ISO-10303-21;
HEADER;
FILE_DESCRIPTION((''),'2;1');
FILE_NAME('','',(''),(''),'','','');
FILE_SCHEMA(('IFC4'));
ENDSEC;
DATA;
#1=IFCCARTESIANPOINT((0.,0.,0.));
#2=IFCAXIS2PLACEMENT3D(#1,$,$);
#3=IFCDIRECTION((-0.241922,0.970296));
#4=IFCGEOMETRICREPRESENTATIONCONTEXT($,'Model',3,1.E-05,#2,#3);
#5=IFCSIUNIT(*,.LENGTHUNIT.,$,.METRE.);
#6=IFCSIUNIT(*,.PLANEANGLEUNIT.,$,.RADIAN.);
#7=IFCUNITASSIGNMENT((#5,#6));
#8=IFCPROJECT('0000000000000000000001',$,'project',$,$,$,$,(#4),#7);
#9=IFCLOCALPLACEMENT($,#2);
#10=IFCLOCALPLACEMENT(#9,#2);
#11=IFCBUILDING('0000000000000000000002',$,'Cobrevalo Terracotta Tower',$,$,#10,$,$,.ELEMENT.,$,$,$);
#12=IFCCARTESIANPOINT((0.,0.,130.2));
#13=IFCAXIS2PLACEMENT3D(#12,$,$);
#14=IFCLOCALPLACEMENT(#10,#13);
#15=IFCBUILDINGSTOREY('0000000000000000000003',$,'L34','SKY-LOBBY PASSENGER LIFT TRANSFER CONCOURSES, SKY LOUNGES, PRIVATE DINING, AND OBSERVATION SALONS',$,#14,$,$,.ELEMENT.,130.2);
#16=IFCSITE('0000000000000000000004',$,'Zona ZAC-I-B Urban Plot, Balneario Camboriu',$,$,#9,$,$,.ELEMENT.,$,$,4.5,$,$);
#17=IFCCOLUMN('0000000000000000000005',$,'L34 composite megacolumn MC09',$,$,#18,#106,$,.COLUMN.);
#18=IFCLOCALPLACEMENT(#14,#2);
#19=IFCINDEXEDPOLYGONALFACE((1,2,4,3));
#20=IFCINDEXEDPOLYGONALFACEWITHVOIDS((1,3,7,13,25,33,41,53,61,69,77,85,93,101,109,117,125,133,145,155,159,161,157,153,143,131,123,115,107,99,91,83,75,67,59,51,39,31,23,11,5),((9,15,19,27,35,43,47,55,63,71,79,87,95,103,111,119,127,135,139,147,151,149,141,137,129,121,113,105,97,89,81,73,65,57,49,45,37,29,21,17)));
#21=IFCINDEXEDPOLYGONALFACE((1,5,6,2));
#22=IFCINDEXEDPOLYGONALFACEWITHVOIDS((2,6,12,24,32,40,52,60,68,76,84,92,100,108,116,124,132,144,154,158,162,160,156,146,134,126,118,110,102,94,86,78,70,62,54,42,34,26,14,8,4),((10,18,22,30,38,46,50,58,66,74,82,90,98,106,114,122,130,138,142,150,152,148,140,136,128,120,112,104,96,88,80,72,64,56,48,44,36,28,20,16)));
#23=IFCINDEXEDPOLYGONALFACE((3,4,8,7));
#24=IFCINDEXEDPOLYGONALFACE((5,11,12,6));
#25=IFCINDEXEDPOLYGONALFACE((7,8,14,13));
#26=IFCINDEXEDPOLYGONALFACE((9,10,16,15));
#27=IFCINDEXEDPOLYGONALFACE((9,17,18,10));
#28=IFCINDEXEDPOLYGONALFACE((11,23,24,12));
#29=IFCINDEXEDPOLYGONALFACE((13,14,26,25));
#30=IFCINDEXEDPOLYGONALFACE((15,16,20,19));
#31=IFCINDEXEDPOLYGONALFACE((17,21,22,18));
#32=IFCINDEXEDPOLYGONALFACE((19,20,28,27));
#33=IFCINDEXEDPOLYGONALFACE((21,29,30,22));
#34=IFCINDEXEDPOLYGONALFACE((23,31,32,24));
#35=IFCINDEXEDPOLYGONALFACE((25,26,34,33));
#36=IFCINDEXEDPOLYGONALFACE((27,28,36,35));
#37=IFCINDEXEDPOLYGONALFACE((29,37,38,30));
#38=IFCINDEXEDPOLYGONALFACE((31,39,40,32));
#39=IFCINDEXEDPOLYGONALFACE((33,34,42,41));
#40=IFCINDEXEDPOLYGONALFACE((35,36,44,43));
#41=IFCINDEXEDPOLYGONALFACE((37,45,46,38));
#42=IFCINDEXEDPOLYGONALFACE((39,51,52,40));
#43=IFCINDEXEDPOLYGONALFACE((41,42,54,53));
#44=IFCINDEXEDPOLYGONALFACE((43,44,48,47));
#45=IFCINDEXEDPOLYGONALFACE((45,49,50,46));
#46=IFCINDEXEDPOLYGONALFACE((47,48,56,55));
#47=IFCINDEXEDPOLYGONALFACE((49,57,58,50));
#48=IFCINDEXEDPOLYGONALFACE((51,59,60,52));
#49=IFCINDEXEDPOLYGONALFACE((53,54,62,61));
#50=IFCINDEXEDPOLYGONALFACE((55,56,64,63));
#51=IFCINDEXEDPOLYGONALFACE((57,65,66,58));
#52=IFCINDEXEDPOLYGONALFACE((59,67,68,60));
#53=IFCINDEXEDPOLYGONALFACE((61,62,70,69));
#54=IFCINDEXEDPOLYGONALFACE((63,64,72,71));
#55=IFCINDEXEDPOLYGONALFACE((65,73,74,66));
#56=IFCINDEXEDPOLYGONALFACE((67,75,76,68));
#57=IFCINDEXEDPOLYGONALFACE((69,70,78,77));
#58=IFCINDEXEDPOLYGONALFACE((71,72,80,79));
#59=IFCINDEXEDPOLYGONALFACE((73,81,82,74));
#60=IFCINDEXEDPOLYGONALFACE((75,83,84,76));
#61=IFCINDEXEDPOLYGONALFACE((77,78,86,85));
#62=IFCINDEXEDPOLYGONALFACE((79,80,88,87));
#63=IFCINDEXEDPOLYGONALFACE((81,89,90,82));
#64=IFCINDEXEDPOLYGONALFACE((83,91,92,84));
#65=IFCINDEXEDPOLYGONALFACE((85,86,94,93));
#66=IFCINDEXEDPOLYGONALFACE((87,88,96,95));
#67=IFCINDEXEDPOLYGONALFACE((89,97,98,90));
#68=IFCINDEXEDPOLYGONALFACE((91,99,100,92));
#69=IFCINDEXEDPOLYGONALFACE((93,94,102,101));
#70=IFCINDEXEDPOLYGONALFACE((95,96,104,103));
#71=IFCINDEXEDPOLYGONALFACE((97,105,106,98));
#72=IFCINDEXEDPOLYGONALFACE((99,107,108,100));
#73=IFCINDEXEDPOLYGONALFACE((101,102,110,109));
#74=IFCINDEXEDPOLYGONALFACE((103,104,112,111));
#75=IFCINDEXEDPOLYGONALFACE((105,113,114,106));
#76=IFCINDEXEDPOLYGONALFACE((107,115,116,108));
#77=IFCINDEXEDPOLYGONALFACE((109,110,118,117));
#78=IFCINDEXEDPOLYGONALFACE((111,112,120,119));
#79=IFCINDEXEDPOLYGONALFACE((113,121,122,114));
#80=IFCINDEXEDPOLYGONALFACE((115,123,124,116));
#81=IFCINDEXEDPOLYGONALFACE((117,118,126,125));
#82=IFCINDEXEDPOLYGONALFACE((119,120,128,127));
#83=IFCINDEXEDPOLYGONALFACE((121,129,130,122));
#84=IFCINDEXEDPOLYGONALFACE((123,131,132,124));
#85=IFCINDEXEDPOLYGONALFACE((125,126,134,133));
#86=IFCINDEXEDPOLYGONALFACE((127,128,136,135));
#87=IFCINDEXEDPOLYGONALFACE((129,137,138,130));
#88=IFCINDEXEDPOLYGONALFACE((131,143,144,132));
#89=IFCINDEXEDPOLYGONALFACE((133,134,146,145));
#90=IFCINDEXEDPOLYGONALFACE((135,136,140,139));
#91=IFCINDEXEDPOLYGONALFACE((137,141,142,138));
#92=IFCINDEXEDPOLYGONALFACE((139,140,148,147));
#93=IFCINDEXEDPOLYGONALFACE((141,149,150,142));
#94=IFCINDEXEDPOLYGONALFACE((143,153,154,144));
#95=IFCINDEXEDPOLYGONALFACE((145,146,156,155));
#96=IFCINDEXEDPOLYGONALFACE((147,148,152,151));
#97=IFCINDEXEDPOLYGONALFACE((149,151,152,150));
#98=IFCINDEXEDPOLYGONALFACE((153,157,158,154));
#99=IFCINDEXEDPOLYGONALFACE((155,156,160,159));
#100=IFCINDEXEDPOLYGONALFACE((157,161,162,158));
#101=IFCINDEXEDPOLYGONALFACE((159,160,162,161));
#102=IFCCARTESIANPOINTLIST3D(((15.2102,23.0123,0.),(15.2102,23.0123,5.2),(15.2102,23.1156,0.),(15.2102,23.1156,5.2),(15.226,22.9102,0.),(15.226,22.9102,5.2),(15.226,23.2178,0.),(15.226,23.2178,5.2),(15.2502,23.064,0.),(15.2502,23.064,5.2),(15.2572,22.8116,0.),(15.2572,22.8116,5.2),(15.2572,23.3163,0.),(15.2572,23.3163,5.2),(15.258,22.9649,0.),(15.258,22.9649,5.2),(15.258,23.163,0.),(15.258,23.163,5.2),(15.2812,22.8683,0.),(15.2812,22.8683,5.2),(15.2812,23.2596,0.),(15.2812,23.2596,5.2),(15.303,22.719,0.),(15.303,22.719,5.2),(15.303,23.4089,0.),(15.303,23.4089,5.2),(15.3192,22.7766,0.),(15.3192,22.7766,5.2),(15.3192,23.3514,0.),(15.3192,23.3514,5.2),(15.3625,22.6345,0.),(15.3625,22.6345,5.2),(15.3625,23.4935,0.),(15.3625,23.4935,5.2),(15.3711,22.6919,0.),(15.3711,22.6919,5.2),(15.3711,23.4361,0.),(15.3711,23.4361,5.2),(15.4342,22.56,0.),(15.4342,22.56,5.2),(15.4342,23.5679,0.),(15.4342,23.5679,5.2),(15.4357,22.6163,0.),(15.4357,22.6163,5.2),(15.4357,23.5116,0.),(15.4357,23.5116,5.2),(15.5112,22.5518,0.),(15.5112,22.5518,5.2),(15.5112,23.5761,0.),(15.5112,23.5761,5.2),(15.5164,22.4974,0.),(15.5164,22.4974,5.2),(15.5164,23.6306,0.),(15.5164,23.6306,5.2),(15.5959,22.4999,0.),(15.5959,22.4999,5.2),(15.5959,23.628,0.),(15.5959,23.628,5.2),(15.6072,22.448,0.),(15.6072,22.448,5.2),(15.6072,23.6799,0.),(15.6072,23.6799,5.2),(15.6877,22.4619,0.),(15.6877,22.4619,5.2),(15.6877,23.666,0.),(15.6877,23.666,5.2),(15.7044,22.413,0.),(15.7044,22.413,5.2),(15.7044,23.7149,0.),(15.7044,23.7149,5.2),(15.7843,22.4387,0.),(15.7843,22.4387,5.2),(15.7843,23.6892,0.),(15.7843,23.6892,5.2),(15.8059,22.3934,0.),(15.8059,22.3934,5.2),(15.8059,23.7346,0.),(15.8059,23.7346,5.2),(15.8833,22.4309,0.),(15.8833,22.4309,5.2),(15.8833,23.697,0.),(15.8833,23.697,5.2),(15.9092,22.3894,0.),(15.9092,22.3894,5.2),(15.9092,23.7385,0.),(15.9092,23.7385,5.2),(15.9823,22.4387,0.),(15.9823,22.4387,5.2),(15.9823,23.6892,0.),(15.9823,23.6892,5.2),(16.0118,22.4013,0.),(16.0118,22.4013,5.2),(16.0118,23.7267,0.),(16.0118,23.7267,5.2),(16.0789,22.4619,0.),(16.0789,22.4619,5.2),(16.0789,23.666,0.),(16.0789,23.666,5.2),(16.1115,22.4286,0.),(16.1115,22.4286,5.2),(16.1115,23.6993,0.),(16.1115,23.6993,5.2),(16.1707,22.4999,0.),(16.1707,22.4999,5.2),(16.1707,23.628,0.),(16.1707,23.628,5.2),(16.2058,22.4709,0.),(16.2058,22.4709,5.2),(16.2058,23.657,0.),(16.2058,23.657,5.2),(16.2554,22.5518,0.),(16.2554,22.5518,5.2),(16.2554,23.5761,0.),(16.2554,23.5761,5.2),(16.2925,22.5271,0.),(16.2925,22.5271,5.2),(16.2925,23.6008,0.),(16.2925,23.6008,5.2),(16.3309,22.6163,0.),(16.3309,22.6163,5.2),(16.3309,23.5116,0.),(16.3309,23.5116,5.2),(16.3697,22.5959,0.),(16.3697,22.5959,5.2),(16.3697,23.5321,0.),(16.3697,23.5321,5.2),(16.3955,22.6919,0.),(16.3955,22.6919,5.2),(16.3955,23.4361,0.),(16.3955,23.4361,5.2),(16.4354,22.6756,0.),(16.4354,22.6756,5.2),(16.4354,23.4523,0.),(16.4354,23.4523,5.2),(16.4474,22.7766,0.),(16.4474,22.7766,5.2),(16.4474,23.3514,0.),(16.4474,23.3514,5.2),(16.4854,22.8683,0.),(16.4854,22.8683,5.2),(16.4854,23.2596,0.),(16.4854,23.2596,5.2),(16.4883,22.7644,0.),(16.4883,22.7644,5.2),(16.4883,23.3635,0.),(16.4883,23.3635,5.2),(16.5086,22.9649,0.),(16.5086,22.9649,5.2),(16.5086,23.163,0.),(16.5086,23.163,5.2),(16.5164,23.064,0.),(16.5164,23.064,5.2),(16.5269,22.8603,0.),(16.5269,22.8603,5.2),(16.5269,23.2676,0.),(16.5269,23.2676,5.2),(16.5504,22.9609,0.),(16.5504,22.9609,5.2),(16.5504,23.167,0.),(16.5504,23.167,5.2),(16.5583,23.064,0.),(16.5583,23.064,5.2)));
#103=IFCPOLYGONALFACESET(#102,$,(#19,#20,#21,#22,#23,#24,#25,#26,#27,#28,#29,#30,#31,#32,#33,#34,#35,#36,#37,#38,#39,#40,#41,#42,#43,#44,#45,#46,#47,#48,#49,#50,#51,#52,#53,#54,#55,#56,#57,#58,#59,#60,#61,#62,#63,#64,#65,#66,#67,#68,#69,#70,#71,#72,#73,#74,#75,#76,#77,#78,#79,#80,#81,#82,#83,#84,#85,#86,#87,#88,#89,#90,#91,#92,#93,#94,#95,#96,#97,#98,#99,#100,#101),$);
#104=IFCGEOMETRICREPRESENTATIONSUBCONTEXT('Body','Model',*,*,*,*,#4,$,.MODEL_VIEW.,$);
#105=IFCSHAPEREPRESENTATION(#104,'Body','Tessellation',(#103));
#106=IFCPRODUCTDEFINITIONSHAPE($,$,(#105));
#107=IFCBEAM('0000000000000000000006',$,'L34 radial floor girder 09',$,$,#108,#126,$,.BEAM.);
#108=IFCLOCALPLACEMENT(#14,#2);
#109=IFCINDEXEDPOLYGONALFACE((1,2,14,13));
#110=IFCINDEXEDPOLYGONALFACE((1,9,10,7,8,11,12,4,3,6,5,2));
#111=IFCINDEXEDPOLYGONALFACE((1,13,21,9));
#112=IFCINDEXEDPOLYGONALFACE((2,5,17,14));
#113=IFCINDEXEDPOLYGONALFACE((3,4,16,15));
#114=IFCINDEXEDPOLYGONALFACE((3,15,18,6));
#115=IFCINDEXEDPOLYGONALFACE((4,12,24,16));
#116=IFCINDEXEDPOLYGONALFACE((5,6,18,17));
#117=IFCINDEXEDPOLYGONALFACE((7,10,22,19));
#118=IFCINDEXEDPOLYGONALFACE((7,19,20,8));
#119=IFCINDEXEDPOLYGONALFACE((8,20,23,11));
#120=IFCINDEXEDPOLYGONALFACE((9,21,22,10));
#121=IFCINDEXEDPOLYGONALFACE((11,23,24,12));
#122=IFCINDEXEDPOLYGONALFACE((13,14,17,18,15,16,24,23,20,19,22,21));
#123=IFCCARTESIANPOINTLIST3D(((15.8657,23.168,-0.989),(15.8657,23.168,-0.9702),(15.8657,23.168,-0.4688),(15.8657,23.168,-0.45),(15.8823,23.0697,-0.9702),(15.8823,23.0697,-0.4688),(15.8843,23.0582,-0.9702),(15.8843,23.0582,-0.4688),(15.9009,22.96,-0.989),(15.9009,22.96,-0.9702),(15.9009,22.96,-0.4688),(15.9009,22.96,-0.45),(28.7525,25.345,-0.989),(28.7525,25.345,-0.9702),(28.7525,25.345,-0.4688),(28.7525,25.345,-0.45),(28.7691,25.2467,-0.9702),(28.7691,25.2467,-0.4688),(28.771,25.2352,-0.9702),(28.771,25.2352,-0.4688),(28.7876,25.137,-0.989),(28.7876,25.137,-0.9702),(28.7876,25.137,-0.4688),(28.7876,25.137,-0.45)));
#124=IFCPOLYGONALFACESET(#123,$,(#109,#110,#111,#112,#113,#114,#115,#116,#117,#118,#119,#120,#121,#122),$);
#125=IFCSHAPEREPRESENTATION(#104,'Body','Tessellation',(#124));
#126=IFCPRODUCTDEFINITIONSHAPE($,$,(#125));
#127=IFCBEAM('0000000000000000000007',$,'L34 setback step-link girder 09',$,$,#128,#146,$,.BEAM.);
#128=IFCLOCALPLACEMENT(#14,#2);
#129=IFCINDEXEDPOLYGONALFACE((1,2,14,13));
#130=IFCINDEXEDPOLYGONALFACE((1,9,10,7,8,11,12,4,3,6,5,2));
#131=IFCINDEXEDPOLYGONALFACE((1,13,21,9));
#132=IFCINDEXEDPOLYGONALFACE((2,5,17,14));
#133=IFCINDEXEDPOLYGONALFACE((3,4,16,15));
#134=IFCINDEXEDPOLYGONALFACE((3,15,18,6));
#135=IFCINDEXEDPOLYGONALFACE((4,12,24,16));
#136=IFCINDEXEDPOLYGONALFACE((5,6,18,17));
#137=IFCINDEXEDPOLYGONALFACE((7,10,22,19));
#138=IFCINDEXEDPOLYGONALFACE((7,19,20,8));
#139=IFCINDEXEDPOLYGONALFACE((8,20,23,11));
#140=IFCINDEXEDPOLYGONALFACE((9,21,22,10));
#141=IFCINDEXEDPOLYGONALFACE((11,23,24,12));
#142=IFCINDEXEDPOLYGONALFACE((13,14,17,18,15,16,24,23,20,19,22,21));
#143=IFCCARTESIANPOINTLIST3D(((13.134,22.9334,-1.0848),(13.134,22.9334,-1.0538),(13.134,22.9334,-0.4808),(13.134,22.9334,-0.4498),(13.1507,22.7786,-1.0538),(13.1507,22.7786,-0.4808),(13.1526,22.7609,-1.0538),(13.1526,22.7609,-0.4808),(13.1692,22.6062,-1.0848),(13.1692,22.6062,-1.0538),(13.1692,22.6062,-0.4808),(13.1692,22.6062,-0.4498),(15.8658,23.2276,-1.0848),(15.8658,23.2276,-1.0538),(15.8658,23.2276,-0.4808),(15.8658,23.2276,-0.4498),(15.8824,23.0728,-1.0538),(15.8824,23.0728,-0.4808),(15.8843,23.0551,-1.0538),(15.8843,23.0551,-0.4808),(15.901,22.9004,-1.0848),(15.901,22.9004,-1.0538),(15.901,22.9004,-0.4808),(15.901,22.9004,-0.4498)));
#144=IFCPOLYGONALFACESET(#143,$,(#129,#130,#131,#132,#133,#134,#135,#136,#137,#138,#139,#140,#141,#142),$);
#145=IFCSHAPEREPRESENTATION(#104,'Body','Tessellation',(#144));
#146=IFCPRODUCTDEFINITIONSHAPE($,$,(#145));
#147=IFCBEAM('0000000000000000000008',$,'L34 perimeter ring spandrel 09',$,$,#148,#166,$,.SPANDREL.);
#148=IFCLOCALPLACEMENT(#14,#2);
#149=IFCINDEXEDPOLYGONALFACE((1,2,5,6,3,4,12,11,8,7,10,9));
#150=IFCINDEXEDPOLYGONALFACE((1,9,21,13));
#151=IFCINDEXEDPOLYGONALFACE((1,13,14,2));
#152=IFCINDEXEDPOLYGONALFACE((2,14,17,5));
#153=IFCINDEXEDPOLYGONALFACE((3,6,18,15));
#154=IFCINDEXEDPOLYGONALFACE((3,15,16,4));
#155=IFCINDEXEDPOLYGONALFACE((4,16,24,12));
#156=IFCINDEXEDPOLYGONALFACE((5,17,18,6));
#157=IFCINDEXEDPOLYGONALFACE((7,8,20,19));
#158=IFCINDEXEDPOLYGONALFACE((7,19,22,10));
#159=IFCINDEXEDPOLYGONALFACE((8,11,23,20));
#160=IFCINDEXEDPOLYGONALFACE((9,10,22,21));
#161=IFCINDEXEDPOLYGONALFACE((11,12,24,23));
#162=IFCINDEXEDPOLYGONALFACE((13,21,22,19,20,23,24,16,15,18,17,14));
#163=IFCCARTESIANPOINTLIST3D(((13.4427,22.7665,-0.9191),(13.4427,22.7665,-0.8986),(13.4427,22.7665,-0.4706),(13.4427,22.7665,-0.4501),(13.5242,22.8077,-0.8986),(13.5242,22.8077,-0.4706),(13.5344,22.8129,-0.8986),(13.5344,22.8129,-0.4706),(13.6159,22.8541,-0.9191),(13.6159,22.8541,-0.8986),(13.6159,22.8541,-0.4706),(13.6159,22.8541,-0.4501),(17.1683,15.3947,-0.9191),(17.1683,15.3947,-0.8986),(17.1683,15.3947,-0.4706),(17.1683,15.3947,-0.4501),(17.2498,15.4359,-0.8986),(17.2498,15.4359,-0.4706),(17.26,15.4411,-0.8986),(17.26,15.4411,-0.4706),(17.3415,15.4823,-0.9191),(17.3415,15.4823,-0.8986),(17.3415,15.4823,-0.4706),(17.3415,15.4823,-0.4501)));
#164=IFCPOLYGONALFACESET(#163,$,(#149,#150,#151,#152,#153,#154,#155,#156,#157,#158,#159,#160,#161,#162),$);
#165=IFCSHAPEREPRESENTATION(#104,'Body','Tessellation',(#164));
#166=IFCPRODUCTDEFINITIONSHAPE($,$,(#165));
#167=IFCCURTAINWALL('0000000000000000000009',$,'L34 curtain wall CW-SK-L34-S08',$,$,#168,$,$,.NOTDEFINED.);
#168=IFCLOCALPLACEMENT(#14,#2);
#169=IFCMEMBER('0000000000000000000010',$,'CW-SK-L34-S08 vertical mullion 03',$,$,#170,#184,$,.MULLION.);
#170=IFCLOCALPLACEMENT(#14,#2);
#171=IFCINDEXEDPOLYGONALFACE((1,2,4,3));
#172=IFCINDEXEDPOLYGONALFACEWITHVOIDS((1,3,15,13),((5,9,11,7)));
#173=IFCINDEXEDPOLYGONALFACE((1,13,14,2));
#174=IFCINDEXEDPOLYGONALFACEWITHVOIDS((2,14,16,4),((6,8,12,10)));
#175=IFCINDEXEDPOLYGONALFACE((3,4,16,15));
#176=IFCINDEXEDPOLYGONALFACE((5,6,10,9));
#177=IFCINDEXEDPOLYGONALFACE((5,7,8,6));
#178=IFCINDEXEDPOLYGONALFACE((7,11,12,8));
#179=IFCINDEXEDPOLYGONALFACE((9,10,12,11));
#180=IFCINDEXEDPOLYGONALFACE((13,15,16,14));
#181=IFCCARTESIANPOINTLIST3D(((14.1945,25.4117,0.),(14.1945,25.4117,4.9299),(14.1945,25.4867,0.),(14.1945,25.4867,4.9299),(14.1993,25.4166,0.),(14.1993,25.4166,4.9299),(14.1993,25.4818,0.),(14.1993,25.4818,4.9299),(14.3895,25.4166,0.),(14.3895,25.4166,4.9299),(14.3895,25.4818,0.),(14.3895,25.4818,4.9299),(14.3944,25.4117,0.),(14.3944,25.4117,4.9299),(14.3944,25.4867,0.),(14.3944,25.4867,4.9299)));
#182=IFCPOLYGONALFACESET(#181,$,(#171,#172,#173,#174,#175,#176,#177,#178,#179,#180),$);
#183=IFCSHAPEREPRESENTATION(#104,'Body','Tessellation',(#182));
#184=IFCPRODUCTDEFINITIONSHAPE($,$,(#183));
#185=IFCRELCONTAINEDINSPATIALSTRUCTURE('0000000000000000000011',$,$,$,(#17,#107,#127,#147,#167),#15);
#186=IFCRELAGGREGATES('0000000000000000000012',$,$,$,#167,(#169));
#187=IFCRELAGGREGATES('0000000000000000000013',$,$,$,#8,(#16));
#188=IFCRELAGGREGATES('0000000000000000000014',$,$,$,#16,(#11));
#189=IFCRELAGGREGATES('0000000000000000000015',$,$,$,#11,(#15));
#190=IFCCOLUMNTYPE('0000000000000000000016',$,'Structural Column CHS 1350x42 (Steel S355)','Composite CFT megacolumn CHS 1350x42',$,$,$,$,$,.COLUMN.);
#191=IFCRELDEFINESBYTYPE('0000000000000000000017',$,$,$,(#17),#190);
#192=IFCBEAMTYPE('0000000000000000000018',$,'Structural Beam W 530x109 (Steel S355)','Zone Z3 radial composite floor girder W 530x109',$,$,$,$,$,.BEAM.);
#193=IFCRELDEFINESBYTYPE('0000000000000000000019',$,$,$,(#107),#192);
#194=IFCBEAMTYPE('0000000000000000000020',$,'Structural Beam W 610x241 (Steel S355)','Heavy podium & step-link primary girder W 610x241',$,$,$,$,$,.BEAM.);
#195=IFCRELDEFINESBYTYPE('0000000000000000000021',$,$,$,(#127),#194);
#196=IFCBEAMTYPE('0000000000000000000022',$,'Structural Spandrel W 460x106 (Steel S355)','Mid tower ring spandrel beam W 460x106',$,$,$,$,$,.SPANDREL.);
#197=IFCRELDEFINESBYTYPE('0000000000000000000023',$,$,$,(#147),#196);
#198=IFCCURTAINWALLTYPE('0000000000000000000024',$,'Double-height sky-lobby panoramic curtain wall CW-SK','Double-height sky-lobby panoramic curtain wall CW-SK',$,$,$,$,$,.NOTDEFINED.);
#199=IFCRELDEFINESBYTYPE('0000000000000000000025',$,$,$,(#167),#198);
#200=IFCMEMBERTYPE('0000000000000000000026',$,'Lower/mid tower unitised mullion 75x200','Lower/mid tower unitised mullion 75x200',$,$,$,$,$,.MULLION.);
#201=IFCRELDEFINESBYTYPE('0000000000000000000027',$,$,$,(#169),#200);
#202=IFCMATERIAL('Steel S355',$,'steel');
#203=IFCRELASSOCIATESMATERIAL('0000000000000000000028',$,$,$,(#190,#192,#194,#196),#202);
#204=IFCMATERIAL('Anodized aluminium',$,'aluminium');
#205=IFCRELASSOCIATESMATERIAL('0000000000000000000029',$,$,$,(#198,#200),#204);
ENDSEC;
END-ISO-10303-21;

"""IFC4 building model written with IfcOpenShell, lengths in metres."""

from ifc_helpers import new_model, si_unit, direction, frame, origin, origin_2d, place, context, subcontext, project, spatial, hollow_rectangle, hollow_circle, i_section, extrude, source, transform, mapped, material, material_profile, profile_set, type_object, element, aggregate, save


model = new_model("IFC4")

# Units and contexts
model_context = context("Model", 3, precision=1e-05, world=origin(), true_north=direction((-0.241922, 0.970296)))
body_context = subcontext(model_context, "Body", "Model", "MODEL_VIEW")
ifc_project = project(units=[si_unit("LENGTHUNIT", "METRE"), si_unit("PLANEANGLEUNIT", "RADIAN")], contexts=[model_context])

# Site, building, storey
site_placement = place(None, origin())
site = spatial("IfcSite", under=ifc_project, at=site_placement, Name="Zona ZAC-I-B Urban Plot, Balneario Camboriu", CompositionType="ELEMENT", RefElevation=4.5)
building_placement = place(site_placement, origin())
building = spatial("IfcBuilding", under=site, at=building_placement, Name="Cobrevalo Terracotta Tower", CompositionType="ELEMENT")
storey_placement = place(building_placement, frame((0.0, 0.0, 130.2)))
storey = spatial("IfcBuildingStorey", under=building, at=storey_placement, Name="L34", Description="SKY-LOBBY PASSENGER LIFT TRANSFER CONCOURSES, SKY LOUNGES, PRIVATE DINING, AND OBSERVATION SALONS", CompositionType="ELEMENT", Elevation=130.2)

# Column
ifc_material_1 = material(Name="Steel S355", Category="steel")
ifc_material_profile_1 = material_profile(ifc_material_1, hollow_circle(Radius=0.675, WallThickness=0.042, at=origin_2d()), Name="CHS 1350x42")
ifc_profile_set_1 = profile_set([ifc_material_profile_1], Name="Steel S355")
column_type = type_object("IfcColumnType", Name="Structural Column CHS 1350x42 (Steel S355)", Description="Composite CFT megacolumn CHS 1350x42", PredefinedType="COLUMN", material=ifc_profile_set_1)
column_placement = place(storey_placement, frame((15.8833, 23.064, 0.0), z_axis=(0.0, 0.0, 1.0), x_axis=(1.0, 0.0, 0.0)))
element("IfcColumn", 1, at=column_placement, inside=storey, type_object=column_type, Name="L34 composite megacolumn MC09", PredefinedType="COLUMN", context=body_context, shape_type="SweptSolid", body=[
    extrude(hollow_circle(Radius=0.675, WallThickness=0.042, at=origin_2d()), origin(), (0.0, 0.0, 1.0), 5.2),
])

# Beams
ifc_material_profile_2 = material_profile(ifc_material_1, i_section(OverallWidth=0.2109, OverallDepth=0.5391, WebThickness=0.0117, FlangeThickness=0.0188, at=origin_2d()), Name="W 530x109")
ifc_profile_set_2 = profile_set([ifc_material_profile_2], Name="Steel S355")
beam_type_1 = type_object("IfcBeamType", Name="Structural Beam W 530x109 (Steel S355)", Description="Zone Z3 radial composite floor girder W 530x109", PredefinedType="BEAM", material=ifc_profile_set_2)
beam_1_placement = place(storey_placement, frame((15.8833, 23.064, -0.7195), z_axis=(0.986029, 0.166574, 0.0), x_axis=(-0.166574, 0.986029, 0.0)))
element("IfcBeam", 2, at=beam_1_placement, inside=storey, type_object=beam_type_1, Name="L34 radial floor girder 09", PredefinedType="BEAM", context=body_context, shape_type="SweptSolid", body=[
    extrude(i_section(OverallWidth=0.2109, OverallDepth=0.5391, WebThickness=0.0117, FlangeThickness=0.0188, at=origin_2d()), origin(), (0.0, 0.0, 1.0), 13.0693),
])
ifc_material_profile_3 = material_profile(ifc_material_1, i_section(OverallWidth=0.3291, OverallDepth=0.635, WebThickness=0.0178, FlangeThickness=0.031, at=origin_2d()), Name="W 610x241")
ifc_profile_set_3 = profile_set([ifc_material_profile_3], Name="Steel S355")
beam_type_2 = type_object("IfcBeamType", Name="Structural Beam W 610x241 (Steel S355)", Description="Heavy podium & step-link primary girder W 610x241", PredefinedType="BEAM", material=ifc_profile_set_3)
beam_2_placement = place(storey_placement, frame((13.1516, 22.7698, -0.7673), z_axis=(0.994251, 0.107076, 0.0), x_axis=(-0.107076, 0.994251, 0.0)))
element("IfcBeam", 3, at=beam_2_placement, inside=storey, type_object=beam_type_2, Name="L34 setback step-link girder 09", PredefinedType="BEAM", context=body_context, shape_type="SweptSolid", body=[
    extrude(i_section(OverallWidth=0.3291, OverallDepth=0.635, WebThickness=0.0178, FlangeThickness=0.031, at=origin_2d()), origin(), (0.0, 0.0, 1.0), 2.7476),
])
ifc_material_profile_4 = material_profile(ifc_material_1, i_section(OverallWidth=0.1941, OverallDepth=0.469, WebThickness=0.0115, FlangeThickness=0.0205, at=origin_2d()), Name="W 460x106")
ifc_profile_set_4 = profile_set([ifc_material_profile_4], Name="Steel S355")
beam_type_3 = type_object("IfcBeamType", Name="Structural Spandrel W 460x106 (Steel S355)", Description="Mid tower ring spandrel beam W 460x106", PredefinedType="SPANDREL", material=ifc_profile_set_4)
beam_3_placement = place(storey_placement, frame((13.5293, 22.8103, -0.6846), z_axis=(0.451052, -0.892498, 0.0), x_axis=(0.892498, 0.451052, 0.0)))
element("IfcBeam", 4, at=beam_3_placement, inside=storey, type_object=beam_type_3, Name="L34 perimeter ring spandrel 09", PredefinedType="SPANDREL", context=body_context, shape_type="SweptSolid", body=[
    extrude(i_section(OverallWidth=0.1941, OverallDepth=0.469, WebThickness=0.0115, FlangeThickness=0.0205, at=origin_2d()), origin(), (0.0, 0.0, 1.0), 8.2598),
])

# Curtain wall, member
ifc_material_2 = material(Name="Anodized aluminium", Category="aluminium")
curtain_wall_type = type_object("IfcCurtainWallType", Name="Double-height sky-lobby panoramic curtain wall CW-SK", Description="Double-height sky-lobby panoramic curtain wall CW-SK", PredefinedType="NOTDEFINED", material=ifc_material_2)
curtain_wall_1_placement = place(storey_placement, origin())
curtain_wall_1 = element("IfcCurtainWall", 5, at=curtain_wall_1_placement, inside=storey, type_object=curtain_wall_type, Name="L34 curtain wall CW-SK-L34-S08", PredefinedType="NOTDEFINED")
ifc_material_profile_5 = material_profile(ifc_material_2, hollow_rectangle(XDim=0.075, YDim=0.2, WallThickness=0.0049, at=origin_2d()), Name="CWM 75x200")
ifc_profile_set_5 = profile_set([ifc_material_profile_5], Name="Anodized aluminium")
member_type_1 = type_object("IfcMemberType", Name="Lower/mid tower unitised mullion 75x200", Description="Lower/mid tower unitised mullion 75x200", PredefinedType="MULLION", material=ifc_profile_set_5)
shared_shape_1 = source(origin(), body_context, "Body", "SweptSolid", [
    extrude(hollow_rectangle(XDim=0.075, YDim=0.2, WallThickness=0.0049, at=origin_2d()), origin(), (0.0, 0.0, 1.0), 4.9299),
])
member_1_placement = place(storey_placement, frame((14.2944, 25.4492, 0.0), z_axis=(0.0, 0.0, 1.0), x_axis=(0.0, -1.0, 0.0)))
member_1 = element("IfcMember", 6, at=member_1_placement, type_object=member_type_1, Name="CW-SK-L34-S08 vertical mullion 03", PredefinedType="MULLION", context=body_context, shape_type="MappedRepresentation", body=[
    mapped(shared_shape_1, transform((0.0, 0.0, 0.0), scale=1.0)),
])

aggregate(curtain_wall_1, [member_1])

save(model, "model.ifc")
